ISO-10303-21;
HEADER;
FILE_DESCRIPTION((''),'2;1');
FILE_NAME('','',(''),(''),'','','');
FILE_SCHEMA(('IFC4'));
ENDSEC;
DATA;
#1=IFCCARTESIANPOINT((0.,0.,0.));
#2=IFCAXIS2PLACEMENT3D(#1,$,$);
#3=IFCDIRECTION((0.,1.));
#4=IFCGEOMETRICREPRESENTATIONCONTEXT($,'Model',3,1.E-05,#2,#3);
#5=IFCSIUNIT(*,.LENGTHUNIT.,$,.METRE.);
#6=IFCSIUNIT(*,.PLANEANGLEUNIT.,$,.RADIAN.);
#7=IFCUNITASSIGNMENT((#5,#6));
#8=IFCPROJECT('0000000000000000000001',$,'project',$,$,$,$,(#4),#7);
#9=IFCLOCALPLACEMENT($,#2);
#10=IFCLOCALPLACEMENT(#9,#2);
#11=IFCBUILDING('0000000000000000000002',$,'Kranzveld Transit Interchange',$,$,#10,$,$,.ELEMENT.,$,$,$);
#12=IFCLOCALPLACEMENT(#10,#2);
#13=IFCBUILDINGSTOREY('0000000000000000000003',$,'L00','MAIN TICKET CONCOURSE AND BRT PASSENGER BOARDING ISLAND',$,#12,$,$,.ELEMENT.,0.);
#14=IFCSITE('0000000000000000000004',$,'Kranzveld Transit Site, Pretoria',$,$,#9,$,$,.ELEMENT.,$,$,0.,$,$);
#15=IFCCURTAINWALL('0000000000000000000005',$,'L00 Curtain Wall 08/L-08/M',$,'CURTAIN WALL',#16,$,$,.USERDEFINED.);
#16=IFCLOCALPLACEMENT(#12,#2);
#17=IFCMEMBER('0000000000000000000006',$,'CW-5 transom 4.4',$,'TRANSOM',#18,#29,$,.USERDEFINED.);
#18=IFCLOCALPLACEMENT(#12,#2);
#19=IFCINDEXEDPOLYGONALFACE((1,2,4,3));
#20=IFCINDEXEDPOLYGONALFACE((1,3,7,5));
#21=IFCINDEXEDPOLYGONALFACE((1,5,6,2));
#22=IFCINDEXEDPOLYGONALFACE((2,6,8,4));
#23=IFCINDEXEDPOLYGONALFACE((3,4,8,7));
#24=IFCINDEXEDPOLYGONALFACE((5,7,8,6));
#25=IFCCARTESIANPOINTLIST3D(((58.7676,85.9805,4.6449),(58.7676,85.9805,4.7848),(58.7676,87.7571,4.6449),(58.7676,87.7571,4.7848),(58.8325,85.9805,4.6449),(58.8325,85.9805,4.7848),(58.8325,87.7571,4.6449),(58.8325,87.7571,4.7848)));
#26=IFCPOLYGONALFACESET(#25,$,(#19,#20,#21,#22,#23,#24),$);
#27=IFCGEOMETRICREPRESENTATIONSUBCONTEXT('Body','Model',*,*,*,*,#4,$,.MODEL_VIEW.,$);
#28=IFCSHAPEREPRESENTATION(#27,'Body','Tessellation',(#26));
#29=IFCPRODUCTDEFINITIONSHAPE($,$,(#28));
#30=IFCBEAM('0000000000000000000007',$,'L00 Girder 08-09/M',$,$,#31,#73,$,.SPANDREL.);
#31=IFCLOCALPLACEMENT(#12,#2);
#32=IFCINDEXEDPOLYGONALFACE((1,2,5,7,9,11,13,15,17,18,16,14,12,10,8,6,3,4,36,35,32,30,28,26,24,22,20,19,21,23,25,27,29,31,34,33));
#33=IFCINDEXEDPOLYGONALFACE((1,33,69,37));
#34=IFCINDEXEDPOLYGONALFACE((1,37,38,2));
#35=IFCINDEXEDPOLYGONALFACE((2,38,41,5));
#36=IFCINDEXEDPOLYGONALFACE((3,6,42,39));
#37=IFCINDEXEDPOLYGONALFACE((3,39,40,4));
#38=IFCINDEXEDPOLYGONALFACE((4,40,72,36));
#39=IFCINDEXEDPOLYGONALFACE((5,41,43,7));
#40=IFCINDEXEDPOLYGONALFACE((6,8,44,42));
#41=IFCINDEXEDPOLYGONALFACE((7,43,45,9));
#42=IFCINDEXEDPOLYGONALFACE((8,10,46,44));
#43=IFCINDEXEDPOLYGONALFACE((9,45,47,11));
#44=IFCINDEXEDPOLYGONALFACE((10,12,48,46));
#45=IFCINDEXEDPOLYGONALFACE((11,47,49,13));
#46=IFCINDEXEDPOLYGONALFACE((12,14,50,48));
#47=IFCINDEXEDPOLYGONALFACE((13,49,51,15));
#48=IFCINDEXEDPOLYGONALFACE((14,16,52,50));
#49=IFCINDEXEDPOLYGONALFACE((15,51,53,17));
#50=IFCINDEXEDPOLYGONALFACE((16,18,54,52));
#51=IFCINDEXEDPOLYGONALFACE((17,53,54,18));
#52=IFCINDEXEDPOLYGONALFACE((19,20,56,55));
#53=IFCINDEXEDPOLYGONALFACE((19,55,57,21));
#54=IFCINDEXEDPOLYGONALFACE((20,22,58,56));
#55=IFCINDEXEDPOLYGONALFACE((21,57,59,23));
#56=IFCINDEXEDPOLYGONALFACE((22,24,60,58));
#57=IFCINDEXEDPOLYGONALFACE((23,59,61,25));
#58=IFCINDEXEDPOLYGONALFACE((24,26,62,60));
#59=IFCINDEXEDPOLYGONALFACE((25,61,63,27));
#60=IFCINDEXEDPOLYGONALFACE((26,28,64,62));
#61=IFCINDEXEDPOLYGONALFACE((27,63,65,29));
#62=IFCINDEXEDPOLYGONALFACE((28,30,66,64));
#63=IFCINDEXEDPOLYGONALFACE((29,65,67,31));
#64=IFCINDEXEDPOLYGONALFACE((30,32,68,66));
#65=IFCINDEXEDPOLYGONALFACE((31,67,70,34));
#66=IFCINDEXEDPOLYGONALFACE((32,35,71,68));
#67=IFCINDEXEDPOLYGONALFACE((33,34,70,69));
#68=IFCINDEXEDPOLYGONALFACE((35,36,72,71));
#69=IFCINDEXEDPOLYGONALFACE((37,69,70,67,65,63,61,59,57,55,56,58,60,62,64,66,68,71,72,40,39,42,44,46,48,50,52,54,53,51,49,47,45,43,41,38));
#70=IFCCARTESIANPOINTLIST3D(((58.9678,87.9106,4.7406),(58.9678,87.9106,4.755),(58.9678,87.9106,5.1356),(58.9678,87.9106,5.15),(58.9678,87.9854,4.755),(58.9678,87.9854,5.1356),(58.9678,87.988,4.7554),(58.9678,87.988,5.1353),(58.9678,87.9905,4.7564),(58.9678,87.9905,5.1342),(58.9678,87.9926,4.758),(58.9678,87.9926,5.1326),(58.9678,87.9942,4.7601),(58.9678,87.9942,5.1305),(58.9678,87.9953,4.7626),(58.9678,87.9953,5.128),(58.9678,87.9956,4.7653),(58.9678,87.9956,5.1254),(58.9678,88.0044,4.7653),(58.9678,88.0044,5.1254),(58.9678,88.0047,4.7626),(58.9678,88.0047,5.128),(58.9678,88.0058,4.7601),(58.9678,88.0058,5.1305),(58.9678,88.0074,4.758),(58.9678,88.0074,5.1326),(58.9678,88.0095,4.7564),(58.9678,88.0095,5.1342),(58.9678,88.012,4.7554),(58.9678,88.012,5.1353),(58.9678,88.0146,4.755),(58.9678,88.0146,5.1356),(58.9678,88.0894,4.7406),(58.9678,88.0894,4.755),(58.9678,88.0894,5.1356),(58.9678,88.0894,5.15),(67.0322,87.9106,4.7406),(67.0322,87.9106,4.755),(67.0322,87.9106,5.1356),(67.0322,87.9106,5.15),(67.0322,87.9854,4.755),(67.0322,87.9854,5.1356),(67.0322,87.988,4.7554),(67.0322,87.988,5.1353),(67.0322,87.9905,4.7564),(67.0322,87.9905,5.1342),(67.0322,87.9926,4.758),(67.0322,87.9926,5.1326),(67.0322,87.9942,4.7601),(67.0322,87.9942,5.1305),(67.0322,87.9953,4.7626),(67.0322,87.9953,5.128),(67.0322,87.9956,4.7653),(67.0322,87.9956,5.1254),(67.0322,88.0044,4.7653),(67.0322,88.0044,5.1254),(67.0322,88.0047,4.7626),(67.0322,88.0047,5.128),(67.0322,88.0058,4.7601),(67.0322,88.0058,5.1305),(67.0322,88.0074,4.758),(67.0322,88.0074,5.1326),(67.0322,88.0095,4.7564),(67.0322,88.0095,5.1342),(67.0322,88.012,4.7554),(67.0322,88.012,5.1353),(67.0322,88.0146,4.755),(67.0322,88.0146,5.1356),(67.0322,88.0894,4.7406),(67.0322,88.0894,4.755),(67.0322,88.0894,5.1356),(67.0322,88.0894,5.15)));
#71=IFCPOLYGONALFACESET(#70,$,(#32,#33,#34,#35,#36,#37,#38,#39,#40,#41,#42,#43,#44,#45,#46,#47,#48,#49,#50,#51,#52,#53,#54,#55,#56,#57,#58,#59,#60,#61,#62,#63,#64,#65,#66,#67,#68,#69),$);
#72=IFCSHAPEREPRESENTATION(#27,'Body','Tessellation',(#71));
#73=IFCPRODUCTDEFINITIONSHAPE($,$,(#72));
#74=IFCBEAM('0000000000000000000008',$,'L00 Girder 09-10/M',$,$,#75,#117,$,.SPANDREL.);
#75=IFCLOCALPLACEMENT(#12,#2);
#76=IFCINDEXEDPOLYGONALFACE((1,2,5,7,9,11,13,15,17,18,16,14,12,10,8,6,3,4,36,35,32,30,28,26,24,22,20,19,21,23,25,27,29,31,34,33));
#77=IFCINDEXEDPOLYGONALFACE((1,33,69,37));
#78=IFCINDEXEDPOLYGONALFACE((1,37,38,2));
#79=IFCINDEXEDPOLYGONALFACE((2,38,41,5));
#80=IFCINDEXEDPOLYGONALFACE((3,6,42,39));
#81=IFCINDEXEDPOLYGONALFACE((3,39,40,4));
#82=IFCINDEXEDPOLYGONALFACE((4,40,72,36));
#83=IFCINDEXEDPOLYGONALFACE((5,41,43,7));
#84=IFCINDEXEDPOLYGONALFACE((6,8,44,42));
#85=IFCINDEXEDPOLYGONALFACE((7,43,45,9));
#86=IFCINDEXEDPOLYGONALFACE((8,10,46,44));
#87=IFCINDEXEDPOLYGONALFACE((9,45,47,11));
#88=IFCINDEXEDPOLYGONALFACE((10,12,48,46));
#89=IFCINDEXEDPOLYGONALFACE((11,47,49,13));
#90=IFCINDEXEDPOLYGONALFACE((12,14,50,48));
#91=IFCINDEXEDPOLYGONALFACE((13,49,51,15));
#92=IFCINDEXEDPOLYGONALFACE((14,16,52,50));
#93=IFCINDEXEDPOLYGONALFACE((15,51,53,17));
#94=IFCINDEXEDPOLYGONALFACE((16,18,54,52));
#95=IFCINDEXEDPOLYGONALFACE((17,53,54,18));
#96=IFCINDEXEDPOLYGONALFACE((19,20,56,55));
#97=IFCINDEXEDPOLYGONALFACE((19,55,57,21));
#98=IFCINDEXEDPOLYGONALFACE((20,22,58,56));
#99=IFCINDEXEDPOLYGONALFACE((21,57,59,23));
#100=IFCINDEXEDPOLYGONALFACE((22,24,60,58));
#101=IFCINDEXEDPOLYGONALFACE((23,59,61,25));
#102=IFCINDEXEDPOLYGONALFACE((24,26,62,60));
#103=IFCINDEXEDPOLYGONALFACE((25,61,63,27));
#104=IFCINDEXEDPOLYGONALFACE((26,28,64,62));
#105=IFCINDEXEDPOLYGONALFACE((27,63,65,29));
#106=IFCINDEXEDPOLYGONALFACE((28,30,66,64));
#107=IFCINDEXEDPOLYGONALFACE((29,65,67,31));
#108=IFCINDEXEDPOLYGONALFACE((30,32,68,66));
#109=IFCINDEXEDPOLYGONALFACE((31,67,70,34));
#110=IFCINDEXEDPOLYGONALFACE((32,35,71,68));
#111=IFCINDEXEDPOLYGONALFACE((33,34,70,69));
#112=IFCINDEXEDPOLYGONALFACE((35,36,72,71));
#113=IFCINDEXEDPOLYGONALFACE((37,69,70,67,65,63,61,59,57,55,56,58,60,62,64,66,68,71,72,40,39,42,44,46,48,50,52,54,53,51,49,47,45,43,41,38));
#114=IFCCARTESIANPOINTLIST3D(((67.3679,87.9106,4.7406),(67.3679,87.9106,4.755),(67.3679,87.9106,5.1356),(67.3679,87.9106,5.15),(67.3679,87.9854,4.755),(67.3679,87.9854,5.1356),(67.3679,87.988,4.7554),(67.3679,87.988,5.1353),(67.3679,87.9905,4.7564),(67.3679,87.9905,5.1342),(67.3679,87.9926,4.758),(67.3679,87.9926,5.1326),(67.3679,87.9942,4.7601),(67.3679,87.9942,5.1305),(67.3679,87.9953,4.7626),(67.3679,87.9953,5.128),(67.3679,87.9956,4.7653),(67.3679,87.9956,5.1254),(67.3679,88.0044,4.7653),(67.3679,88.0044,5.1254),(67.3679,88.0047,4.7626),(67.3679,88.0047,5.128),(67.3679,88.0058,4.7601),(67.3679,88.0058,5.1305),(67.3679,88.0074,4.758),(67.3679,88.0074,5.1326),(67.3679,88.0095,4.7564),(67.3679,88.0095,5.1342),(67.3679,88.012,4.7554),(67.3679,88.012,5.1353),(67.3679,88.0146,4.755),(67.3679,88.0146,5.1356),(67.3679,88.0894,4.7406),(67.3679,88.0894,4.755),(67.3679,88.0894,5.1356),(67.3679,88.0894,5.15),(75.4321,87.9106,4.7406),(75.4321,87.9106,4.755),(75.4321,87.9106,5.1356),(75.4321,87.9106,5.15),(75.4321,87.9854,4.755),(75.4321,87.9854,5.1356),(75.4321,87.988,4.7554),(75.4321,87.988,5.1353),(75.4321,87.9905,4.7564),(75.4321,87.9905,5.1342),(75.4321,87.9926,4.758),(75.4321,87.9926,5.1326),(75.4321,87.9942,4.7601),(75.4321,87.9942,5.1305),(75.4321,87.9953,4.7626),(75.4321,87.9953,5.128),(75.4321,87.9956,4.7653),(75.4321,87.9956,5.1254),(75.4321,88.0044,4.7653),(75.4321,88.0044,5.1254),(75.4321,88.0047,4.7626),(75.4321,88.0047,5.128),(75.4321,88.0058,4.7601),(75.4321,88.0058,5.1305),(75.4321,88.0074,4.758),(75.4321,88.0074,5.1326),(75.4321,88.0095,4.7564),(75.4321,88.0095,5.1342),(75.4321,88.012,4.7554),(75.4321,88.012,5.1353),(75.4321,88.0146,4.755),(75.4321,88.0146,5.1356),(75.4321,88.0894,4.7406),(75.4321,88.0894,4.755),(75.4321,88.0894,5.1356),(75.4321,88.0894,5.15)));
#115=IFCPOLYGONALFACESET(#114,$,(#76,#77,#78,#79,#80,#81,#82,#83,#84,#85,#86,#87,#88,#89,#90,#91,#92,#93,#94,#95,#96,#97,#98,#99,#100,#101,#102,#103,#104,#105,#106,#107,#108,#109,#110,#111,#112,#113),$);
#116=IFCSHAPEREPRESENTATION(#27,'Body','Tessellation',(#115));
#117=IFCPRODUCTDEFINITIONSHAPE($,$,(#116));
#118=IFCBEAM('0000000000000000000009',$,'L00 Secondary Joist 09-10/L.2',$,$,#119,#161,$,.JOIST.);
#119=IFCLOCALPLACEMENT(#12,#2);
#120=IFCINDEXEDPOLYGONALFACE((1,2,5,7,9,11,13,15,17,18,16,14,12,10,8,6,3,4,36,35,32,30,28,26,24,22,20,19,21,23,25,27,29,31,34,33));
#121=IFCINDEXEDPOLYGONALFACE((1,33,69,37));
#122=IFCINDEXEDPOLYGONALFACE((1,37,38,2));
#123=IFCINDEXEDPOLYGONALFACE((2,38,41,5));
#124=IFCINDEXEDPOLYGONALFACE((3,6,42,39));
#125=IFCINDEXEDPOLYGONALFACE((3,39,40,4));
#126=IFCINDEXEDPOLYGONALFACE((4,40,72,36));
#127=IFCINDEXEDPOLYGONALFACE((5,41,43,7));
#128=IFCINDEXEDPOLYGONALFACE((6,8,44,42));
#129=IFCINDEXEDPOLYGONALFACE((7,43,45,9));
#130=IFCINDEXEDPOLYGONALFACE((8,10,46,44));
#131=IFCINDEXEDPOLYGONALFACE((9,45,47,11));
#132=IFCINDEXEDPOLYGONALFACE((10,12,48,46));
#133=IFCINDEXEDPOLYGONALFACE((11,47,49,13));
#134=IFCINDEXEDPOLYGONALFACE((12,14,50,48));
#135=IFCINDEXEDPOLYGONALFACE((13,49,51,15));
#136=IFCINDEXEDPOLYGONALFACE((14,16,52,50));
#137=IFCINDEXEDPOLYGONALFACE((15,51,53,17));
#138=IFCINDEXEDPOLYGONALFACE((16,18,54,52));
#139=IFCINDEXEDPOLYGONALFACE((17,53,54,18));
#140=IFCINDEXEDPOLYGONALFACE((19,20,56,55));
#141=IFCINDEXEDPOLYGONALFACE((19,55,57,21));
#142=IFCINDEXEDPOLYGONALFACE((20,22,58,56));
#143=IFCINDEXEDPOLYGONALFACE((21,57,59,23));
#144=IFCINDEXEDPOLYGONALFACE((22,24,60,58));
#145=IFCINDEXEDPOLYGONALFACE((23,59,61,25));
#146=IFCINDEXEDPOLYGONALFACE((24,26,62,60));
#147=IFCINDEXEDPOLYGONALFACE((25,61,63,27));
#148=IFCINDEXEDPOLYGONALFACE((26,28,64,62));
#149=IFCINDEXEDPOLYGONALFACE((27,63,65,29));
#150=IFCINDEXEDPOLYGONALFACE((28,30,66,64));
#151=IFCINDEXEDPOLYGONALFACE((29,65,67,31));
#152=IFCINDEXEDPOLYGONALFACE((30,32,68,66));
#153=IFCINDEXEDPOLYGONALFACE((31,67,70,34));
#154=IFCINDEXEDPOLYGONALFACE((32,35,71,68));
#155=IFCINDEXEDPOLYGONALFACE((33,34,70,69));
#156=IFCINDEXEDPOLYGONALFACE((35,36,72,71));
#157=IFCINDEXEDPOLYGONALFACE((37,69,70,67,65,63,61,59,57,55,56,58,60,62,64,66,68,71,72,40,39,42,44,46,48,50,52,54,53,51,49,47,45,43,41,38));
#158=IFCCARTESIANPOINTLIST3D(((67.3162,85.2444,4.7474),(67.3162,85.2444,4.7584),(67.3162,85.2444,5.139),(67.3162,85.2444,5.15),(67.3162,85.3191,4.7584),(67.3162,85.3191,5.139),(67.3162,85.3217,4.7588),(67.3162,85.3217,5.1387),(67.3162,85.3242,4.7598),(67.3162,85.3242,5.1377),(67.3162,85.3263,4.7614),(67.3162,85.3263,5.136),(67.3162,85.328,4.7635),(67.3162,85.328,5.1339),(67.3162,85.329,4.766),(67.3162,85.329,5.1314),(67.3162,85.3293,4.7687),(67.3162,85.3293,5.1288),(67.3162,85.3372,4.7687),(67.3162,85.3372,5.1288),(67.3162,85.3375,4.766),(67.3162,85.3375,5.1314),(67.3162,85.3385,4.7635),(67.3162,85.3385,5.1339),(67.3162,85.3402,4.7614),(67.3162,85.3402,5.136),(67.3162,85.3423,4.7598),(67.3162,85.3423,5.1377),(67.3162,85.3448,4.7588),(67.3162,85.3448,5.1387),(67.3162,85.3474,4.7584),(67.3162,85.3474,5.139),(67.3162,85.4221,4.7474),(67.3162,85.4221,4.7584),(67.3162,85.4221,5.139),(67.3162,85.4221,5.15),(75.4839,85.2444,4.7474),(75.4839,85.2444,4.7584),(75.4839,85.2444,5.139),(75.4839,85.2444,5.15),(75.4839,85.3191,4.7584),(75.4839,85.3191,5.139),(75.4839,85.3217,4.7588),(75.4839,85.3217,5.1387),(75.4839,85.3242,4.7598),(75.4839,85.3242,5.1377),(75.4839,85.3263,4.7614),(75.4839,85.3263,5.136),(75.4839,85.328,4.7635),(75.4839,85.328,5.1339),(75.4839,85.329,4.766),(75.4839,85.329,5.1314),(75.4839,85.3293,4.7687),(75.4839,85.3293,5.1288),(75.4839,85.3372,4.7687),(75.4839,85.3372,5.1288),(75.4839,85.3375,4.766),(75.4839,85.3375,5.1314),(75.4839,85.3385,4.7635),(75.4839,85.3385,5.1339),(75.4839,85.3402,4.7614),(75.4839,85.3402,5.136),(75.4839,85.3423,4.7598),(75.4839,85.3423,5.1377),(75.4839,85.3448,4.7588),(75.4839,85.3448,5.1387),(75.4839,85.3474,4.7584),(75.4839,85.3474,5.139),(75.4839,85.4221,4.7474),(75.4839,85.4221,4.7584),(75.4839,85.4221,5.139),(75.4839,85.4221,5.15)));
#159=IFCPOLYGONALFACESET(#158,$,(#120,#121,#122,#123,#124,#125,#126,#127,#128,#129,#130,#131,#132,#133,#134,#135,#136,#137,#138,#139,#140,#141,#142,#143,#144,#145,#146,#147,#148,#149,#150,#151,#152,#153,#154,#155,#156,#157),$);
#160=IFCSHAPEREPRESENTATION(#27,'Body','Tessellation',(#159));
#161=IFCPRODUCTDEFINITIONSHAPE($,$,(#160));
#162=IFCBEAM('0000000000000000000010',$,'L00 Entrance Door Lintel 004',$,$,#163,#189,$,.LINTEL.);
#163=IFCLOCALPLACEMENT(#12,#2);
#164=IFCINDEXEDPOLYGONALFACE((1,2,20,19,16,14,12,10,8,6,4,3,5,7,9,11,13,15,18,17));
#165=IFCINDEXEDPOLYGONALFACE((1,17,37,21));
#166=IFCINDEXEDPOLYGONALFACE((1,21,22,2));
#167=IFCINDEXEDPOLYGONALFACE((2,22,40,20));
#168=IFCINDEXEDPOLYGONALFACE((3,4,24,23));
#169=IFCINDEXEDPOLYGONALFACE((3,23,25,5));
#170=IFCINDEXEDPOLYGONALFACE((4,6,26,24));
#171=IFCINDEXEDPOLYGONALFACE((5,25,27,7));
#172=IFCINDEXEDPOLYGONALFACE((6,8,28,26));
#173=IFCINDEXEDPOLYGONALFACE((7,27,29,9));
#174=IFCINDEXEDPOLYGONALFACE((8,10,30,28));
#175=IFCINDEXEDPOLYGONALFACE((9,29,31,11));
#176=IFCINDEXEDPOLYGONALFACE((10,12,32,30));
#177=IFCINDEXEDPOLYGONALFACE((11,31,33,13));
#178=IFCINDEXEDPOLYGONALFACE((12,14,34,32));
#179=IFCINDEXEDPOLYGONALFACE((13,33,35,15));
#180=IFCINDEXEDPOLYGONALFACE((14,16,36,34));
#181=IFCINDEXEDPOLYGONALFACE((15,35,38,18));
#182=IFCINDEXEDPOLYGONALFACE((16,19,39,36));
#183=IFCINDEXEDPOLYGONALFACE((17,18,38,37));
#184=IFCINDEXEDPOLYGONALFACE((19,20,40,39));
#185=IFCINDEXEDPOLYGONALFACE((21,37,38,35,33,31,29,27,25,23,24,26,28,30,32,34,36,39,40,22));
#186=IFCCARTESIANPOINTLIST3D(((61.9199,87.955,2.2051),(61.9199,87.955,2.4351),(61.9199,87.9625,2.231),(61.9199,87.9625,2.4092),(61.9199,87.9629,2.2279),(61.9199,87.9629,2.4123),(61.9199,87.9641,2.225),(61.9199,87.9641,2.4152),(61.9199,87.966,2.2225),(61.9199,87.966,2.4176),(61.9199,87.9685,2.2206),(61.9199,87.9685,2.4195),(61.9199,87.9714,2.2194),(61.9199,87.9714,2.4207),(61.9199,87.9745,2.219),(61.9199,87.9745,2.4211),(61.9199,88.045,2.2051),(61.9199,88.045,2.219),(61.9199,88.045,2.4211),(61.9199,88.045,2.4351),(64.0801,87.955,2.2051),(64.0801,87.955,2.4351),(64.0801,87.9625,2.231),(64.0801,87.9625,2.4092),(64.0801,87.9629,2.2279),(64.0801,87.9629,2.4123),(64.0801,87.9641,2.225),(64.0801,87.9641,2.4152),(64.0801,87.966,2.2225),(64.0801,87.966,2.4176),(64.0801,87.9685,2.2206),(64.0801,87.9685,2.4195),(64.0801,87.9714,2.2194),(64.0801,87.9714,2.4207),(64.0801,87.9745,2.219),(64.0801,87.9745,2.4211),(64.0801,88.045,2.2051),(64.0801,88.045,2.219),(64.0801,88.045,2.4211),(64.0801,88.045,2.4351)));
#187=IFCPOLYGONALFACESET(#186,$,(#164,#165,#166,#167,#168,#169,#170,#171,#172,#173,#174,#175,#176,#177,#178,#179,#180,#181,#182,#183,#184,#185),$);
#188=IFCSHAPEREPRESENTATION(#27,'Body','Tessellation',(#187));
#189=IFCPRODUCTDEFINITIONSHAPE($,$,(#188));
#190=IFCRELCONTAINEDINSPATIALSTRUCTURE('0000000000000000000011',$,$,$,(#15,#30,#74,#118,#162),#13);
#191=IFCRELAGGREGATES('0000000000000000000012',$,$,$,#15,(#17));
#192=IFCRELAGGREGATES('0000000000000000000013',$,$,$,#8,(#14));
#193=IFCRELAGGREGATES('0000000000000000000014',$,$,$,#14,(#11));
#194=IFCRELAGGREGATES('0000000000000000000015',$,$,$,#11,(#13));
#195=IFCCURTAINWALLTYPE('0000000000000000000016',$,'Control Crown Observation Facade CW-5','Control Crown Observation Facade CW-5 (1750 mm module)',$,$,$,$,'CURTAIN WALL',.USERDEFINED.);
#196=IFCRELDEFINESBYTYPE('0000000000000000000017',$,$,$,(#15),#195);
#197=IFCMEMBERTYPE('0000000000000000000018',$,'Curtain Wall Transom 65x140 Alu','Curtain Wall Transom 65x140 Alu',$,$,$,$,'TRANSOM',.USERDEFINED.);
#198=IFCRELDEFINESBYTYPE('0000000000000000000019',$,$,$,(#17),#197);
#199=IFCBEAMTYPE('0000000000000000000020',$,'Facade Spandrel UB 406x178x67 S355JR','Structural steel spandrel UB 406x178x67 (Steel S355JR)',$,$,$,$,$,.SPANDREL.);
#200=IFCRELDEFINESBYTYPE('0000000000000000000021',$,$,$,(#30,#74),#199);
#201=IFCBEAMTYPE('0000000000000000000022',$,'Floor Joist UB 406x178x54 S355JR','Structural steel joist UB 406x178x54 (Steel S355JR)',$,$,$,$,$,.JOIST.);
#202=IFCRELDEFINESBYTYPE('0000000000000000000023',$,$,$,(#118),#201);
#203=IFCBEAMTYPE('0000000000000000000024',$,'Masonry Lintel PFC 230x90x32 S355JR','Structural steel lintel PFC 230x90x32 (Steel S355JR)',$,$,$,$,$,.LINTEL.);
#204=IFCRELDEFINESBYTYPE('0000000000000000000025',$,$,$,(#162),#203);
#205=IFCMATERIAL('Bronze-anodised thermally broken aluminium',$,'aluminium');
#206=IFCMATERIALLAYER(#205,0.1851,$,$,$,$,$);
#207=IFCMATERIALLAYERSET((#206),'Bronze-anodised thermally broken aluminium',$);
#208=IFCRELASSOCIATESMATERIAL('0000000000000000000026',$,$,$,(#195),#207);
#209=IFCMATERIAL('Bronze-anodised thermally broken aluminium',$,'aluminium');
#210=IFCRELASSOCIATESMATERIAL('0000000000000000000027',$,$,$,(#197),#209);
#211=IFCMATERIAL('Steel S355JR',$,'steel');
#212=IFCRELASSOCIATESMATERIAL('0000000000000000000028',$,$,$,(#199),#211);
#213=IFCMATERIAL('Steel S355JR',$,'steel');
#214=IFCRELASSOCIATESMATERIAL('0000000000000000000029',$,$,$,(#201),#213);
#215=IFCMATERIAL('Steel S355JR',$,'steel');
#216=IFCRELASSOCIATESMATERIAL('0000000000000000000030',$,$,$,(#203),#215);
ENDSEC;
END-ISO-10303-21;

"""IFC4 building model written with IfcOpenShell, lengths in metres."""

from ifc_helpers import new_model, si_unit, direction, frame, origin, origin_2d, place, context, subcontext, project, spatial, rectangle, i_section, u_section, extrude, material, layer, layer_set, material_profile, profile_set, type_object, element, aggregate, save


model = new_model("IFC4")

# Units and contexts
model_context = context("Model", 3, precision=1e-05, world=origin(), true_north=direction((0.0, 1.0)))
body_context = subcontext(model_context, "Body", "Model", "MODEL_VIEW")
ifc_project = project(units=[si_unit("LENGTHUNIT", "METRE"), si_unit("PLANEANGLEUNIT", "RADIAN")], contexts=[model_context])

# Site, building, storey
site_placement = place(None, origin())
site = spatial("IfcSite", under=ifc_project, at=site_placement, Name="Kranzveld Transit Site, Pretoria", CompositionType="ELEMENT", RefElevation=0.0)
building_placement = place(site_placement, origin())
building = spatial("IfcBuilding", under=site, at=building_placement, Name="Kranzveld Transit Interchange", CompositionType="ELEMENT")
storey_placement = place(building_placement, origin())
storey = spatial("IfcBuildingStorey", under=building, at=storey_placement, Name="L00", Description="MAIN TICKET CONCOURSE AND BRT PASSENGER BOARDING ISLAND", CompositionType="ELEMENT", Elevation=0.0)

# Curtain wall, member
ifc_material_1 = material(Name="Bronze-anodised thermally broken aluminium", Category="aluminium")
ifc_layer_1 = layer(ifc_material_1, 0.1851)
ifc_layer_set_1 = layer_set([ifc_layer_1], Name="Bronze-anodised thermally broken aluminium")
curtain_wall_type_1 = type_object("IfcCurtainWallType", Name="Control Crown Observation Facade CW-5", Description="Control Crown Observation Facade CW-5 (1750 mm module)", ElementType="CURTAIN WALL", PredefinedType="USERDEFINED", material=ifc_layer_set_1)
curtain_wall_1_placement = place(storey_placement, origin())
curtain_wall_1 = element("IfcCurtainWall", 1, at=curtain_wall_1_placement, inside=storey, type_object=curtain_wall_type_1, Name="L00 Curtain Wall 08/L-08/M", ObjectType="CURTAIN WALL", PredefinedType="USERDEFINED")
ifc_material_2 = material(Name="Bronze-anodised thermally broken aluminium", Category="aluminium")
ifc_material_profile_1 = material_profile(ifc_material_2, rectangle(XDim=0.0649, YDim=0.1399, at=origin_2d()), Name="ALU TRANSOM 65x140")
ifc_profile_set_1 = profile_set([ifc_material_profile_1], Name="Bronze-anodised thermally broken aluminium")
member_type_1 = type_object("IfcMemberType", Name="Curtain Wall Transom 65x140 Alu", Description="Curtain Wall Transom 65x140 Alu", ElementType="TRANSOM", PredefinedType="USERDEFINED", material=ifc_profile_set_1)
member_1_placement = place(storey_placement, frame((58.8, 85.9805, 4.7148), z_axis=(0.0, 1.0, 0.0), x_axis=(-1.0, 0.0, 0.0)))
member_1 = element("IfcMember", 2, at=member_1_placement, type_object=member_type_1, Name="CW-5 transom 4.4", ObjectType="TRANSOM", PredefinedType="USERDEFINED", context=body_context, shape_type="SweptSolid", body=[
    extrude(rectangle(XDim=0.0649, YDim=0.1399, at=origin_2d()), origin(), (0.0, 0.0, 1.0), 1.7766),
])

# Beams
ifc_material_3 = material(Name="Steel S355JR", Category="steel")
ifc_material_profile_2 = material_profile(ifc_material_3, i_section(OverallWidth=0.1787, OverallDepth=0.4094, WebThickness=0.0088, FlangeThickness=0.0144, FilletRadius=0.0103, at=origin_2d()), Name="UB 406x178x67")
ifc_profile_set_2 = profile_set([ifc_material_profile_2], Name="Steel S355JR")
beam_type_1 = type_object("IfcBeamType", Name="Facade Spandrel UB 406x178x67 S355JR", Description="Structural steel spandrel UB 406x178x67 (Steel S355JR)", PredefinedType="SPANDREL", material=ifc_profile_set_2)
beam_1_placement = place(storey_placement, frame((58.9678, 88.0, 4.9453), z_axis=(1.0, 0.0, 0.0), x_axis=(0.0, 1.0, 0.0)))
element("IfcBeam", 3, at=beam_1_placement, inside=storey, type_object=beam_type_1, Name="L00 Girder 08-09/M", PredefinedType="SPANDREL", context=body_context, shape_type="SweptSolid", body=[
    extrude(i_section(OverallWidth=0.1787, OverallDepth=0.4094, WebThickness=0.0088, FlangeThickness=0.0144, FilletRadius=0.0103, at=origin_2d()), origin(), (0.0, 0.0, 1.0), 8.0645),
])
beam_2_placement = place(storey_placement, frame((67.3679, 88.0, 4.9453), z_axis=(1.0, 0.0, 0.0), x_axis=(0.0, 1.0, 0.0)))
element("IfcBeam", 4, at=beam_2_placement, inside=storey, type_object=beam_type_1, Name="L00 Girder 09-10/M", PredefinedType="SPANDREL", context=body_context, shape_type="SweptSolid", body=[
    extrude(i_section(OverallWidth=0.1787, OverallDepth=0.4094, WebThickness=0.0088, FlangeThickness=0.0144, FilletRadius=0.0103, at=origin_2d()), origin(), (0.0, 0.0, 1.0), 8.0642),
])
ifc_material_4 = material(Name="Steel S355JR", Category="steel")
ifc_material_profile_3 = material_profile(ifc_material_4, i_section(OverallWidth=0.1777, OverallDepth=0.4026, WebThickness=0.0078, FlangeThickness=0.011, FilletRadius=0.0103, at=origin_2d()), Name="UB 406x178x54")
ifc_profile_set_3 = profile_set([ifc_material_profile_3], Name="Steel S355JR")
beam_type_2 = type_object("IfcBeamType", Name="Floor Joist UB 406x178x54 S355JR", Description="Structural steel joist UB 406x178x54 (Steel S355JR)", PredefinedType="JOIST", material=ifc_profile_set_3)
beam_3_placement = place(storey_placement, frame((67.3162, 85.3333, 4.9487), z_axis=(1.0, 0.0, 0.0), x_axis=(0.0, 1.0, 0.0)))
element("IfcBeam", 5, at=beam_3_placement, inside=storey, type_object=beam_type_2, Name="L00 Secondary Joist 09-10/L.2", PredefinedType="JOIST", context=body_context, shape_type="SweptSolid", body=[
    extrude(i_section(OverallWidth=0.1777, OverallDepth=0.4026, WebThickness=0.0078, FlangeThickness=0.011, FilletRadius=0.0103, at=origin_2d()), origin(), (0.0, 0.0, 1.0), 8.1677),
])
ifc_material_5 = material(Name="Steel S355JR", Category="steel")
ifc_material_profile_4 = material_profile(ifc_material_5, u_section(Depth=0.23, FlangeWidth=0.0901, WebThickness=0.0076, FlangeThickness=0.0139, FilletRadius=0.012, at=origin_2d()), Name="PFC 230x90x32")
ifc_profile_set_4 = profile_set([ifc_material_profile_4], Name="Steel S355JR")
beam_type_3 = type_object("IfcBeamType", Name="Masonry Lintel PFC 230x90x32 S355JR", Description="Structural steel lintel PFC 230x90x32 (Steel S355JR)", PredefinedType="LINTEL", material=ifc_profile_set_4)
beam_4_placement = place(storey_placement, frame((61.9199, 88.0, 2.3201), z_axis=(1.0, 0.0, 0.0), x_axis=(0.0, 1.0, 0.0)))
element("IfcBeam", 6, at=beam_4_placement, inside=storey, type_object=beam_type_3, Name="L00 Entrance Door Lintel 004", PredefinedType="LINTEL", context=body_context, shape_type="SweptSolid", body=[
    extrude(u_section(Depth=0.23, FlangeWidth=0.0901, WebThickness=0.0076, FlangeThickness=0.0139, FilletRadius=0.012, at=origin_2d()), origin(), (0.0, 0.0, 1.0), 2.1602),
])

aggregate(curtain_wall_1, [member_1])

save(model, "model.ifc")
